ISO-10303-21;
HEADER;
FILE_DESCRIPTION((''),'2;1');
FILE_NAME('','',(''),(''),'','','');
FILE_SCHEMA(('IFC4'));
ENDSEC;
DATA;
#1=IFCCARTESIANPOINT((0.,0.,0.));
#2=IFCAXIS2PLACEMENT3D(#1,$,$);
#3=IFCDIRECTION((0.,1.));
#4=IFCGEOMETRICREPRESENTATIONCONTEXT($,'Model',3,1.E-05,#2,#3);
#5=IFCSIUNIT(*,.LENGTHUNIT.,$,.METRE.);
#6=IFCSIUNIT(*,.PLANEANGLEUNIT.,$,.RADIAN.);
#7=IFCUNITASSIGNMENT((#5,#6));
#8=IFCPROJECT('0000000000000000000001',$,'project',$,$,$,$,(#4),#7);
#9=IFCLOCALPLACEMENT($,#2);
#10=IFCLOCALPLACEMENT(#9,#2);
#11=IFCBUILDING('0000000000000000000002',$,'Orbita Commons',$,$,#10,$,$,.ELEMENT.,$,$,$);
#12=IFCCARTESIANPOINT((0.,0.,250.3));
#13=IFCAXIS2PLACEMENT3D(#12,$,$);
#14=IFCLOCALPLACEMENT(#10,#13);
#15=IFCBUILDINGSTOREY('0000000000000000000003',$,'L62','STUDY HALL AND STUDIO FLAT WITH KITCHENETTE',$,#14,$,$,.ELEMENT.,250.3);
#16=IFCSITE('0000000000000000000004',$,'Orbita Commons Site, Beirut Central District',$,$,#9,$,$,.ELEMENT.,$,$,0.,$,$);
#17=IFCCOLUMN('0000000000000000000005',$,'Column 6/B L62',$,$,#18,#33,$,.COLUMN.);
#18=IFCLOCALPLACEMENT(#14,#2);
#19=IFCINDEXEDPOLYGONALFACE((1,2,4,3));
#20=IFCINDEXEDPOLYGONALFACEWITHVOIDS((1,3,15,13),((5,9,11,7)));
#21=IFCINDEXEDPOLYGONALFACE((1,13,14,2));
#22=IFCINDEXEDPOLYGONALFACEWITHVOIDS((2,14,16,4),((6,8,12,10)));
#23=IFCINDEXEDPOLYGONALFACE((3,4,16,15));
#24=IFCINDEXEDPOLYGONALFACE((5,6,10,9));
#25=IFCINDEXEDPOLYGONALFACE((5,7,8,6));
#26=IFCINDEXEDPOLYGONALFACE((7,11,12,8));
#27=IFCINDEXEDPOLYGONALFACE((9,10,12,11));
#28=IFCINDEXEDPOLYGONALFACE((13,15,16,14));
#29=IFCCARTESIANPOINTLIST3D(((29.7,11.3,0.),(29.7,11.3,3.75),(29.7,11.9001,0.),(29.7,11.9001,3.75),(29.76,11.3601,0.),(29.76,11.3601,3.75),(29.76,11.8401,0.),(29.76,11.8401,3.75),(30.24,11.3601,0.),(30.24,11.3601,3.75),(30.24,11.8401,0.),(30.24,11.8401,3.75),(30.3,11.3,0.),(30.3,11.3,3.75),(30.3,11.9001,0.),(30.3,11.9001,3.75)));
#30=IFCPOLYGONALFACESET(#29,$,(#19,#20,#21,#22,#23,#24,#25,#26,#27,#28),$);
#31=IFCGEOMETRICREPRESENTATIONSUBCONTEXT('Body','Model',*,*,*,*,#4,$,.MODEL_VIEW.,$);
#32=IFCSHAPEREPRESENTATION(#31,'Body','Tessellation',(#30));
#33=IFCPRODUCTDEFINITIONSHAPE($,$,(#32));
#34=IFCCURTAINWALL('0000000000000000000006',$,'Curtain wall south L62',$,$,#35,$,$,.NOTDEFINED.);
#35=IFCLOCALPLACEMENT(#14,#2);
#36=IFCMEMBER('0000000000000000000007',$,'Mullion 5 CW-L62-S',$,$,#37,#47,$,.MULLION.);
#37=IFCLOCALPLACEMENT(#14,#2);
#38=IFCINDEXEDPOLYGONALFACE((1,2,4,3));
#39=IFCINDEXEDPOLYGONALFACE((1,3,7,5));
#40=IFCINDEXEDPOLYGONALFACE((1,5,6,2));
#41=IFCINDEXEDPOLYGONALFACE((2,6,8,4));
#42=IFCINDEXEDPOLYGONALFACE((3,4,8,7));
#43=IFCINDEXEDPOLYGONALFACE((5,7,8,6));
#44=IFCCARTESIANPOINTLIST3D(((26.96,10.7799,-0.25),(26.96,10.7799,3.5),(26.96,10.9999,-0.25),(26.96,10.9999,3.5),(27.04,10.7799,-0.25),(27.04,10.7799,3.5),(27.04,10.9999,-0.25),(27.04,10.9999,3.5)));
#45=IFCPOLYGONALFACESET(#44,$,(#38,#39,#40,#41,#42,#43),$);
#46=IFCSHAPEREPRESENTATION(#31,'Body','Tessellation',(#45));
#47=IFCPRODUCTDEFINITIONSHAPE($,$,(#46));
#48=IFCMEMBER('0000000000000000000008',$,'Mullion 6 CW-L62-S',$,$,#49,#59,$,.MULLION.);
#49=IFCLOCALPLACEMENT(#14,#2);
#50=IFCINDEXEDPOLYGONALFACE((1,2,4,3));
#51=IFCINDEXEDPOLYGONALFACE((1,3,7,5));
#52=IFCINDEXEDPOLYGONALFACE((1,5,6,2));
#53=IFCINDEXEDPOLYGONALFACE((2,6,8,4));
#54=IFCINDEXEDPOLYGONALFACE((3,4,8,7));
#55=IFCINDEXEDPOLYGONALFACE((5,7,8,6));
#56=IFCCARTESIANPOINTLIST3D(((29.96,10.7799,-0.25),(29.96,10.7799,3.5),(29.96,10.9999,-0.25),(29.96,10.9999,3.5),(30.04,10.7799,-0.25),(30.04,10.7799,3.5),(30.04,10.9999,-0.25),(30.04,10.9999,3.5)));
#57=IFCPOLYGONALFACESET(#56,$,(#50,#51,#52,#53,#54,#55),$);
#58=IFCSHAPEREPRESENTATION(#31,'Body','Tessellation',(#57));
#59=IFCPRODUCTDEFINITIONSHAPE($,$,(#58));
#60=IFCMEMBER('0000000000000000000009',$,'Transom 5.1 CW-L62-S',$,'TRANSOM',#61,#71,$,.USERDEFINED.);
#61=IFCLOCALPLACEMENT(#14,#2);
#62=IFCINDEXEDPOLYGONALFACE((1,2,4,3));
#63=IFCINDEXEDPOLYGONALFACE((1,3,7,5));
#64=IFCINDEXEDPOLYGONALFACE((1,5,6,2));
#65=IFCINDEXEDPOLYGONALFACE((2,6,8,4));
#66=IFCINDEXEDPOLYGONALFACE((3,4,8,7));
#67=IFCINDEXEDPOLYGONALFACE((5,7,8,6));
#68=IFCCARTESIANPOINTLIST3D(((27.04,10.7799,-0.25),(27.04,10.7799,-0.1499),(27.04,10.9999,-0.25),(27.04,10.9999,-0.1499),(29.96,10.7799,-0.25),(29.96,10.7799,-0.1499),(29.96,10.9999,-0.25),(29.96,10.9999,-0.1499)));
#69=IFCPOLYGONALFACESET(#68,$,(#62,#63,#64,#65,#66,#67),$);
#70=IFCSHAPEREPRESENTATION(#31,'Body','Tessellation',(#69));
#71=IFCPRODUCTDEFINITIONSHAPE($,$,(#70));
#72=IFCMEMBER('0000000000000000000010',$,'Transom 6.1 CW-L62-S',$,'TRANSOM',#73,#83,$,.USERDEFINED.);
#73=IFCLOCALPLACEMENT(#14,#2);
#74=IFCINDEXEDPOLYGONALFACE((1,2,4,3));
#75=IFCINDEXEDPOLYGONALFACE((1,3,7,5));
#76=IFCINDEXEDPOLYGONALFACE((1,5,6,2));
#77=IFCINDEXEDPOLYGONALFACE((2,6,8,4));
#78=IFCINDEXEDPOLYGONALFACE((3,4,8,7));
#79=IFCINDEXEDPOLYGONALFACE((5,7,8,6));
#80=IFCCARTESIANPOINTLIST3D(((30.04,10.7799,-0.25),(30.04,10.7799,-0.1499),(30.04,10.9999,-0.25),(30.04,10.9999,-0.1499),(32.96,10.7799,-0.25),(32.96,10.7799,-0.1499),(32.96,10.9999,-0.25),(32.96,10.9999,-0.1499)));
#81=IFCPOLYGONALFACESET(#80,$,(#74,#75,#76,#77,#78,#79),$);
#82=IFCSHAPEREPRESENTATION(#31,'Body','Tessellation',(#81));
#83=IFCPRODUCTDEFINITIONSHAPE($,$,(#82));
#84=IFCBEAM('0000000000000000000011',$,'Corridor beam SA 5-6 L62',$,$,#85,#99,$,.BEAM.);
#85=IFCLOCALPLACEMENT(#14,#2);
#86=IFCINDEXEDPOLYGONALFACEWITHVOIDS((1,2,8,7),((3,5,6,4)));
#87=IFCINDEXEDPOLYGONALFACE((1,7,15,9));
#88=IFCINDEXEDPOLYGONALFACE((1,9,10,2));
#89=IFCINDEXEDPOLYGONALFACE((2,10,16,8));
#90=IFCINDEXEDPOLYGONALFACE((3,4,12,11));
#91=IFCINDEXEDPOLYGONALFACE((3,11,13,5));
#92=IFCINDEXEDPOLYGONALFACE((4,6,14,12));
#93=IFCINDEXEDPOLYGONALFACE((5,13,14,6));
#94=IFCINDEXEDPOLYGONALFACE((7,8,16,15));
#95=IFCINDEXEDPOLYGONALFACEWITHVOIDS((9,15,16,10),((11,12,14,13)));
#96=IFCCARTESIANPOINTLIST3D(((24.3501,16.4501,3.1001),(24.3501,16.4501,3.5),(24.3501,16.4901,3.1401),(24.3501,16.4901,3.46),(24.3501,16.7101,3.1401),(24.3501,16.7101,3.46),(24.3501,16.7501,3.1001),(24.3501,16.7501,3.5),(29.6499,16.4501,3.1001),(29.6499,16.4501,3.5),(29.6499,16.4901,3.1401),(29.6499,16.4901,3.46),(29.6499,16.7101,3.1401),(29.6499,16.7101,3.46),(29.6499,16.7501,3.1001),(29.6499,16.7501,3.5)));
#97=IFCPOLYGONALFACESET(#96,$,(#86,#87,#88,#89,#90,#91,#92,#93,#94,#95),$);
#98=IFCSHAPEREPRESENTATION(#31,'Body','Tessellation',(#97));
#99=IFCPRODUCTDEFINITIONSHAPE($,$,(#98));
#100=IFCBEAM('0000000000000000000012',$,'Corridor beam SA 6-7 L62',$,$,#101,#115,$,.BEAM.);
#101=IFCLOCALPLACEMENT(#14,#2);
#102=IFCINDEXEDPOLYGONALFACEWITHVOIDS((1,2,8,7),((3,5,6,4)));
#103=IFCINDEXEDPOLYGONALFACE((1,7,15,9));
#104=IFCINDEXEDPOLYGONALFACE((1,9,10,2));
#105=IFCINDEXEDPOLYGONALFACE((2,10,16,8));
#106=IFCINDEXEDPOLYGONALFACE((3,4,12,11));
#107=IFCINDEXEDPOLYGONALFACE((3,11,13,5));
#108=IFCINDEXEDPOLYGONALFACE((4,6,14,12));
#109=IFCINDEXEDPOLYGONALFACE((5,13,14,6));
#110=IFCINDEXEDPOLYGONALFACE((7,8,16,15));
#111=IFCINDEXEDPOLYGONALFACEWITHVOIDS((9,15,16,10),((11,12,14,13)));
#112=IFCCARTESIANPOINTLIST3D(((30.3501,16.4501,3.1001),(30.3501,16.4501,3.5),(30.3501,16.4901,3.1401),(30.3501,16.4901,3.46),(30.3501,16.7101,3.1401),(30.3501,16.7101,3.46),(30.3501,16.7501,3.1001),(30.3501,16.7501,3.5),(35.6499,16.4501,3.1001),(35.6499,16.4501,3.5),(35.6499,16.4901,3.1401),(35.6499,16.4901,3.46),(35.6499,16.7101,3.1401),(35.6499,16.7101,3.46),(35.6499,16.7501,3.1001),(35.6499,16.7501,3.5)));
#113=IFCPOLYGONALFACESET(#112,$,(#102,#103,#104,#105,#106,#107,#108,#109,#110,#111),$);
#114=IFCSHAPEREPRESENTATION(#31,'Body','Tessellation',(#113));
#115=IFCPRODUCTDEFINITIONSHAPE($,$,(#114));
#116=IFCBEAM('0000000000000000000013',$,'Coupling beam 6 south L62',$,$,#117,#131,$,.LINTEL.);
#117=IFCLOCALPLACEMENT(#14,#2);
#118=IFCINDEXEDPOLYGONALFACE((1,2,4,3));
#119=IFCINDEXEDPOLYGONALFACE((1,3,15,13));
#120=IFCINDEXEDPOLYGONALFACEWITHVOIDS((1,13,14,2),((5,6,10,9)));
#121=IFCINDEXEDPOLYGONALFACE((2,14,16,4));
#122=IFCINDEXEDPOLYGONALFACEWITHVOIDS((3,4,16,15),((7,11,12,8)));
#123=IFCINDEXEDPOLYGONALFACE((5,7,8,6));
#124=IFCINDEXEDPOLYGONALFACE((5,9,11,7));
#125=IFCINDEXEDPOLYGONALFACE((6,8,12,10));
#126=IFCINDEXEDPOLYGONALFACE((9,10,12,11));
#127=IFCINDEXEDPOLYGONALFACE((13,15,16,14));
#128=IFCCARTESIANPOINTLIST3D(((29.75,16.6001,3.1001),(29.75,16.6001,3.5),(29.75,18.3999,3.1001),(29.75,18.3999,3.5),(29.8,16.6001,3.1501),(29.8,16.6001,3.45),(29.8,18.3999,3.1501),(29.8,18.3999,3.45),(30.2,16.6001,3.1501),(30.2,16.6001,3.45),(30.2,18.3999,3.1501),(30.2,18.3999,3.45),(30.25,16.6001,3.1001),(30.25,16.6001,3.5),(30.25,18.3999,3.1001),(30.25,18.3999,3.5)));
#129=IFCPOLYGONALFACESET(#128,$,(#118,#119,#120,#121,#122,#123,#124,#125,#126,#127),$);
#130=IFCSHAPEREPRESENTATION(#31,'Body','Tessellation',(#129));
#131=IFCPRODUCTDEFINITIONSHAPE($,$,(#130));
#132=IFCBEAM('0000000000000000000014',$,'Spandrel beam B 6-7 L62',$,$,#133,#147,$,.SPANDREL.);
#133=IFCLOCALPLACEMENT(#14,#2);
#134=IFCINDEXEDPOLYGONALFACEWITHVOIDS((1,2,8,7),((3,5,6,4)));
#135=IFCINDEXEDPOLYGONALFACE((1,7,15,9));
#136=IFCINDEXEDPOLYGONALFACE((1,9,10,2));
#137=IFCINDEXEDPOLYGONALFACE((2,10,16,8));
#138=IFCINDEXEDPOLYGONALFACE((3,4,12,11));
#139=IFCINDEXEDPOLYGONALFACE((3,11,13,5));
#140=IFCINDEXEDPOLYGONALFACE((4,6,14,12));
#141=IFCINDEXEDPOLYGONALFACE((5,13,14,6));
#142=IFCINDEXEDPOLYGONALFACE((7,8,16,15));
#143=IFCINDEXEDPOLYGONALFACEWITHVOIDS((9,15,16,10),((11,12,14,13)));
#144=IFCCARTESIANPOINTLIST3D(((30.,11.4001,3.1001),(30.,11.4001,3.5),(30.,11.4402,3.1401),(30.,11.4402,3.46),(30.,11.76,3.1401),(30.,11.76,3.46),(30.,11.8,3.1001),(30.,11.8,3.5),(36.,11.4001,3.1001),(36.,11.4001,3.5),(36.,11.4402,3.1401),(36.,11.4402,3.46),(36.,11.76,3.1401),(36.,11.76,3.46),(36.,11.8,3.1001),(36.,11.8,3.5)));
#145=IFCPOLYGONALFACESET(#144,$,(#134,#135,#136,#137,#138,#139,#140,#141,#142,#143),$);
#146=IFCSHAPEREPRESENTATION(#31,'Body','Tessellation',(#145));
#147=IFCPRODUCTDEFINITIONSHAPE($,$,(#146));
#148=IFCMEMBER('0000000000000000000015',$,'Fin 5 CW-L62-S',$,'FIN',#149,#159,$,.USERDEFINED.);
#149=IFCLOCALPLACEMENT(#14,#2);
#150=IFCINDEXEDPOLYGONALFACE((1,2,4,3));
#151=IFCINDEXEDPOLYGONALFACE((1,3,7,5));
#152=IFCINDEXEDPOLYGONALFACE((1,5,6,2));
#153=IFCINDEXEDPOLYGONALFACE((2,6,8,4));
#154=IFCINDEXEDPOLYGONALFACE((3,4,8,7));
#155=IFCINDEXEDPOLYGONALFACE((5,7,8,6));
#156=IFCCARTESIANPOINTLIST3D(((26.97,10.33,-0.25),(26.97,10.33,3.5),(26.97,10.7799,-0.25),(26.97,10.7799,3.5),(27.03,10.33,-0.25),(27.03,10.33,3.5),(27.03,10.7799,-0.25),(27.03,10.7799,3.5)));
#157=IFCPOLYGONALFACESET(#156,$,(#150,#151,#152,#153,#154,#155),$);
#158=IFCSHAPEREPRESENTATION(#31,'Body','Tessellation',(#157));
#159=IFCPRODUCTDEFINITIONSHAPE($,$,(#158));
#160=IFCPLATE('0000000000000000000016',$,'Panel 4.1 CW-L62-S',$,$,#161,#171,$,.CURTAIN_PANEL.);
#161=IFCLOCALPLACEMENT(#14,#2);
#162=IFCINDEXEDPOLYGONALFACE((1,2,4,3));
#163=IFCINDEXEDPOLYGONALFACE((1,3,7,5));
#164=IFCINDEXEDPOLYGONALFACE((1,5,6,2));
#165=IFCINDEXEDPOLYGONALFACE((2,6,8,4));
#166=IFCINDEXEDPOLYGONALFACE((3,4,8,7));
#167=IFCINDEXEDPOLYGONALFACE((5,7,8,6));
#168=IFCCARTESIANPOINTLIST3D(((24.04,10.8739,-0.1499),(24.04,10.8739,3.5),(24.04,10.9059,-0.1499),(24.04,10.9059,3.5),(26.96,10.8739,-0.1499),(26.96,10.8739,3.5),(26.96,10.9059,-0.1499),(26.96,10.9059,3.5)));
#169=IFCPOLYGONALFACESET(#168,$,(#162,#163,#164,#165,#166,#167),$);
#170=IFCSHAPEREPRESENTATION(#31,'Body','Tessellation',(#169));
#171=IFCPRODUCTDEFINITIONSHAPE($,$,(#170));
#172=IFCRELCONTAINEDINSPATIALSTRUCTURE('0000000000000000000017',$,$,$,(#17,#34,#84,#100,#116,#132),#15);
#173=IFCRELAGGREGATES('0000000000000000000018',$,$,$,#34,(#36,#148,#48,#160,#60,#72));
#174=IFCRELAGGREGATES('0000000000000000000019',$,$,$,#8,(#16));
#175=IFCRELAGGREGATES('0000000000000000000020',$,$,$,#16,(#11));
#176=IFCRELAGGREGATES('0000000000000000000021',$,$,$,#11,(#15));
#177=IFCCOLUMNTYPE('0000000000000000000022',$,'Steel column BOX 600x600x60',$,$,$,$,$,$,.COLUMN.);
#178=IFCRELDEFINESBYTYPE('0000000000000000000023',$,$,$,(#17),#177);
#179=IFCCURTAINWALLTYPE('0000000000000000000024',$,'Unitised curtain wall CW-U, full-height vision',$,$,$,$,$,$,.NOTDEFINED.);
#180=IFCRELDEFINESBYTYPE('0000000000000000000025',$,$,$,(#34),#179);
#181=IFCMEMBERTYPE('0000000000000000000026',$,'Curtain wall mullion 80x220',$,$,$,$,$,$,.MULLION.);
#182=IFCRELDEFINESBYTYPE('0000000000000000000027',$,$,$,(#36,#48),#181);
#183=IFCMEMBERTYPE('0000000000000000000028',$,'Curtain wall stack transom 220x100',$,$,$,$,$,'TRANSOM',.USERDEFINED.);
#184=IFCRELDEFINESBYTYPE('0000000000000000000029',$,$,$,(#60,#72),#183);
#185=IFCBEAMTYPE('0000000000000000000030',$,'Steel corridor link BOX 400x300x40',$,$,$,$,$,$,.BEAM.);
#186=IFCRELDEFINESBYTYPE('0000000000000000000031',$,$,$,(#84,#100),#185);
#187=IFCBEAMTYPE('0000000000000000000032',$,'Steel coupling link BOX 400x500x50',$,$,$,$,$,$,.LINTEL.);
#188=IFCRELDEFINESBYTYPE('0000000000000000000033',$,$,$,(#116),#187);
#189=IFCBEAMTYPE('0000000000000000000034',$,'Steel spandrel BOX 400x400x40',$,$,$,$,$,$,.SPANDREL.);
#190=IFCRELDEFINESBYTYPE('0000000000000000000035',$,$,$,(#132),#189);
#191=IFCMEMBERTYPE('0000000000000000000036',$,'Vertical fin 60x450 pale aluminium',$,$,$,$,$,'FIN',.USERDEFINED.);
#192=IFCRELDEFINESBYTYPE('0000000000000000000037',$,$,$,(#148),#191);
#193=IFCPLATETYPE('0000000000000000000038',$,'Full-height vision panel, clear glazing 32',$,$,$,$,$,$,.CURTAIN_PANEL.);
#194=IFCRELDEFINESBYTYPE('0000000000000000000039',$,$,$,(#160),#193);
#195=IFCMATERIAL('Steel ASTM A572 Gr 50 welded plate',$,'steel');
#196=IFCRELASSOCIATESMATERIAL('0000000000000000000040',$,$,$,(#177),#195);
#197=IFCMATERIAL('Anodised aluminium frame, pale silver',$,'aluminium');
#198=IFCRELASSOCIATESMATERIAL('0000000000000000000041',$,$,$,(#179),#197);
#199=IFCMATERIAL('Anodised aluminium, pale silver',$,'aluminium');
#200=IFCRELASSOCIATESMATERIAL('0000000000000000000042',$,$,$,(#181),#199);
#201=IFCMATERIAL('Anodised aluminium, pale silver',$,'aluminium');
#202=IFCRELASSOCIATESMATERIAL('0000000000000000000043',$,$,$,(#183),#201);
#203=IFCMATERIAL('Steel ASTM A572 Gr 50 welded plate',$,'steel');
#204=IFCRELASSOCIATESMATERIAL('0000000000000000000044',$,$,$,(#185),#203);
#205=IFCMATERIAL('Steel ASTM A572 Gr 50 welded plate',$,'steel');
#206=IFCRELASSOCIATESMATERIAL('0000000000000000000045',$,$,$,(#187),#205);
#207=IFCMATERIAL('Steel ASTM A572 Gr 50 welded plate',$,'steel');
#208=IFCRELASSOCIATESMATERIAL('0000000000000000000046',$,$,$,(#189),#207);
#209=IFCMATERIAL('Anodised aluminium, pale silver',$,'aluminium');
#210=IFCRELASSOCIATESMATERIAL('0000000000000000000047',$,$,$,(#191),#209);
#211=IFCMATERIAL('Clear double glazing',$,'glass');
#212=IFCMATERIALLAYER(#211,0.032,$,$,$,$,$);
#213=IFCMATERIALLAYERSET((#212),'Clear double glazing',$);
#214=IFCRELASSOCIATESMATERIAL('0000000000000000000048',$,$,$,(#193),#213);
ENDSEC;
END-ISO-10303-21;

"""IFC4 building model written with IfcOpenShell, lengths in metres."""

from ifc_helpers import new_model, si_unit, direction, frame, origin, origin_2d, place, context, subcontext, project, spatial, rectangle, hollow_rectangle, extrude, material, layer, layer_set, material_profile, profile_set, type_object, element, aggregate, save


model = new_model("IFC4")

# Units and contexts
model_context = context("Model", 3, precision=1e-05, world=origin(), true_north=direction((0.0, 1.0)))
body_context = subcontext(model_context, "Body", "Model", "MODEL_VIEW")
ifc_project = project(units=[si_unit("LENGTHUNIT", "METRE"), si_unit("PLANEANGLEUNIT", "RADIAN")], contexts=[model_context])

# Site, building, storey
site_placement = place(None, origin())
site = spatial("IfcSite", under=ifc_project, at=site_placement, Name="Orbita Commons Site, Beirut Central District", CompositionType="ELEMENT", RefElevation=0.0)
building_placement = place(site_placement, origin())
building = spatial("IfcBuilding", under=site, at=building_placement, Name="Orbita Commons", CompositionType="ELEMENT")
storey_placement = place(building_placement, frame((0.0, 0.0, 250.3)))
storey = spatial("IfcBuildingStorey", under=building, at=storey_placement, Name="L62", Description="STUDY HALL AND STUDIO FLAT WITH KITCHENETTE", CompositionType="ELEMENT", Elevation=250.3)

# Column
ifc_material_1 = material(Name="Steel ASTM A572 Gr 50 welded plate", Category="steel")
ifc_material_profile_1 = material_profile(ifc_material_1, hollow_rectangle(XDim=0.6001, YDim=0.6001, WallThickness=0.0601, at=origin_2d()), Name="BOX 600x600x60")
ifc_profile_set_1 = profile_set([ifc_material_profile_1], Name="Steel ASTM A572 Gr 50 welded plate")
column_type = type_object("IfcColumnType", Name="Steel column BOX 600x600x60", PredefinedType="COLUMN", material=ifc_profile_set_1)
column_placement = place(storey_placement, frame((30.0, 11.6001, 0.0), z_axis=(0.0, 0.0, 1.0), x_axis=(1.0, 0.0, 0.0)))
element("IfcColumn", 1, at=column_placement, inside=storey, type_object=column_type, Name="Column 6/B L62", PredefinedType="COLUMN", context=body_context, shape_type="SweptSolid", body=[
    extrude(hollow_rectangle(XDim=0.6001, YDim=0.6001, WallThickness=0.0601, at=origin_2d()), origin(), (0.0, 0.0, 1.0), 3.75),
])

# Curtain wall, members
ifc_material_2 = material(Name="Anodised aluminium frame, pale silver", Category="aluminium")
curtain_wall_type = type_object("IfcCurtainWallType", Name="Unitised curtain wall CW-U, full-height vision", PredefinedType="NOTDEFINED", material=ifc_material_2)
curtain_wall_placement = place(storey_placement, origin())
curtain_wall = element("IfcCurtainWall", 2, at=curtain_wall_placement, inside=storey, type_object=curtain_wall_type, Name="Curtain wall south L62", PredefinedType="NOTDEFINED")
ifc_material_3 = material(Name="Anodised aluminium, pale silver", Category="aluminium")
ifc_material_profile_2 = material_profile(ifc_material_3, rectangle(XDim=0.0801, YDim=0.22, at=origin_2d()), Name="AL 80x220")
ifc_profile_set_2 = profile_set([ifc_material_profile_2], Name="Anodised aluminium, pale silver")
member_type_1 = type_object("IfcMemberType", Name="Curtain wall mullion 80x220", PredefinedType="MULLION", material=ifc_profile_set_2)
member_1_placement = place(storey_placement, frame((27.0, 10.8899, -0.25), z_axis=(0.0, 0.0, 1.0), x_axis=(1.0, 0.0, 0.0)))
member_1 = element("IfcMember", 3, at=member_1_placement, type_object=member_type_1, Name="Mullion 5 CW-L62-S", PredefinedType="MULLION", context=body_context, shape_type="SweptSolid", body=[
    extrude(rectangle(XDim=0.0801, YDim=0.22, at=origin_2d()), origin(), (0.0, 0.0, 1.0), 3.75),
])
member_2_placement = place(storey_placement, frame((30.0, 10.8899, -0.25), z_axis=(0.0, 0.0, 1.0), x_axis=(1.0, 0.0, 0.0)))
member_2 = element("IfcMember", 4, at=member_2_placement, type_object=member_type_1, Name="Mullion 6 CW-L62-S", PredefinedType="MULLION", context=body_context, shape_type="SweptSolid", body=[
    extrude(rectangle(XDim=0.0801, YDim=0.22, at=origin_2d()), origin(), (0.0, 0.0, 1.0), 3.75),
])
ifc_material_4 = material(Name="Anodised aluminium, pale silver", Category="aluminium")
ifc_material_profile_3 = material_profile(ifc_material_4, rectangle(XDim=0.22, YDim=0.1001, at=origin_2d()), Name="AL 220x100")
ifc_profile_set_3 = profile_set([ifc_material_profile_3], Name="Anodised aluminium, pale silver")
member_type_2 = type_object("IfcMemberType", Name="Curtain wall stack transom 220x100", ElementType="TRANSOM", PredefinedType="USERDEFINED", material=ifc_profile_set_3)
member_3_placement = place(storey_placement, frame((27.04, 10.8899, -0.2), z_axis=(1.0, 0.0, 0.0), x_axis=(0.0, 1.0, 0.0)))
member_3 = element("IfcMember", 5, at=member_3_placement, type_object=member_type_2, Name="Transom 5.1 CW-L62-S", ObjectType="TRANSOM", PredefinedType="USERDEFINED", context=body_context, shape_type="SweptSolid", body=[
    extrude(rectangle(XDim=0.22, YDim=0.1001, at=origin_2d()), origin(), (0.0, 0.0, 1.0), 2.9199),
])
member_4_placement = place(storey_placement, frame((30.04, 10.8899, -0.2), z_axis=(1.0, 0.0, 0.0), x_axis=(0.0, 1.0, 0.0)))
member_4 = element("IfcMember", 6, at=member_4_placement, type_object=member_type_2, Name="Transom 6.1 CW-L62-S", ObjectType="TRANSOM", PredefinedType="USERDEFINED", context=body_context, shape_type="SweptSolid", body=[
    extrude(rectangle(XDim=0.22, YDim=0.1001, at=origin_2d()), origin(), (0.0, 0.0, 1.0), 2.9199),
])

# Beams
ifc_material_5 = material(Name="Steel ASTM A572 Gr 50 welded plate", Category="steel")
ifc_material_profile_4 = material_profile(ifc_material_5, hollow_rectangle(XDim=0.3, YDim=0.3999, WallThickness=0.04, at=origin_2d()), Name="BOX 400x300x40")
ifc_profile_set_4 = profile_set([ifc_material_profile_4], Name="Steel ASTM A572 Gr 50 welded plate")
beam_type_1 = type_object("IfcBeamType", Name="Steel corridor link BOX 400x300x40", PredefinedType="BEAM", material=ifc_profile_set_4)
for number, where, z_axis, x_axis, name in (
    (7, (24.3501, 16.6001, 3.3), (1.0, 0.0, 0.0), (0.0, 1.0, 0.0), "Corridor beam SA 5-6 L62"),
    (8, (30.3501, 16.6001, 3.3), (1.0, 0.0, 0.0), (0.0, 1.0, 0.0), "Corridor beam SA 6-7 L62"),
):
    element("IfcBeam", number, at=place(storey_placement, frame(where, z_axis=z_axis, x_axis=x_axis)), inside=storey, type_object=beam_type_1, Name=name, PredefinedType="BEAM", context=body_context, shape_type="SweptSolid", body=[
        extrude(hollow_rectangle(XDim=0.3, YDim=0.3999, WallThickness=0.04, at=origin_2d()), origin(), (0.0, 0.0, 1.0), 5.2998),
    ])
ifc_material_6 = material(Name="Steel ASTM A572 Gr 50 welded plate", Category="steel")
ifc_material_profile_5 = material_profile(ifc_material_6, hollow_rectangle(XDim=0.5, YDim=0.3999, WallThickness=0.05, at=origin_2d()), Name="BOX 400x500x50")
ifc_profile_set_5 = profile_set([ifc_material_profile_5], Name="Steel ASTM A572 Gr 50 welded plate")
beam_type_2 = type_object("IfcBeamType", Name="Steel coupling link BOX 400x500x50", PredefinedType="LINTEL", material=ifc_profile_set_5)
beam_1_placement = place(storey_placement, frame((30.0, 16.6001, 3.3), z_axis=(0.0, 1.0, 0.0), x_axis=(-1.0, 0.0, 0.0)))
element("IfcBeam", 9, at=beam_1_placement, inside=storey, type_object=beam_type_2, Name="Coupling beam 6 south L62", PredefinedType="LINTEL", context=body_context, shape_type="SweptSolid", body=[
    extrude(hollow_rectangle(XDim=0.5, YDim=0.3999, WallThickness=0.05, at=origin_2d()), origin(), (0.0, 0.0, 1.0), 1.7998),
])
ifc_material_7 = material(Name="Steel ASTM A572 Gr 50 welded plate", Category="steel")
ifc_material_profile_6 = material_profile(ifc_material_7, hollow_rectangle(XDim=0.3999, YDim=0.3999, WallThickness=0.04, at=origin_2d()), Name="BOX 400x400x40")
ifc_profile_set_6 = profile_set([ifc_material_profile_6], Name="Steel ASTM A572 Gr 50 welded plate")
beam_type_3 = type_object("IfcBeamType", Name="Steel spandrel BOX 400x400x40", PredefinedType="SPANDREL", material=ifc_profile_set_6)
beam_2_placement = place(storey_placement, frame((30.0, 11.6001, 3.3), z_axis=(1.0, 0.0, 0.0), x_axis=(0.0, 1.0, 0.0)))
element("IfcBeam", 10, at=beam_2_placement, inside=storey, type_object=beam_type_3, Name="Spandrel beam B 6-7 L62", PredefinedType="SPANDREL", context=body_context, shape_type="SweptSolid", body=[
    extrude(hollow_rectangle(XDim=0.3999, YDim=0.3999, WallThickness=0.04, at=origin_2d()), origin(), (0.0, 0.0, 1.0), 6.0),
])

# Member
ifc_material_8 = material(Name="Anodised aluminium, pale silver", Category="aluminium")
ifc_material_profile_7 = material_profile(ifc_material_8, rectangle(XDim=0.0601, YDim=0.45, at=origin_2d()), Name="FIN 60x450")
ifc_profile_set_7 = profile_set([ifc_material_profile_7], Name="Anodised aluminium, pale silver")
member_type_3 = type_object("IfcMemberType", Name="Vertical fin 60x450 pale aluminium", ElementType="FIN", PredefinedType="USERDEFINED", material=ifc_profile_set_7)
member_5_placement = place(storey_placement, frame((27.0, 10.5549, -0.25), z_axis=(0.0, 0.0, 1.0), x_axis=(1.0, 0.0, 0.0)))
member_5 = element("IfcMember", 11, at=member_5_placement, type_object=member_type_3, Name="Fin 5 CW-L62-S", ObjectType="FIN", PredefinedType="USERDEFINED", context=body_context, shape_type="SweptSolid", body=[
    extrude(rectangle(XDim=0.0601, YDim=0.45, at=origin_2d()), origin(), (0.0, 0.0, 1.0), 3.75),
])

# Plate
ifc_material_9 = material(Name="Clear double glazing", Category="glass")
ifc_layer_1 = layer(ifc_material_9, 0.032)
ifc_layer_set_1 = layer_set([ifc_layer_1], Name="Clear double glazing")
plate_type = type_object("IfcPlateType", Name="Full-height vision panel, clear glazing 32", PredefinedType="CURTAIN_PANEL", material=ifc_layer_set_1)
plate_1_placement = place(storey_placement, frame((25.5, 10.8899, -0.1499), z_axis=(0.0, 0.0, 1.0), x_axis=(1.0, 0.0, 0.0)))
plate_1 = element("IfcPlate", 12, at=plate_1_placement, type_object=plate_type, Name="Panel 4.1 CW-L62-S", PredefinedType="CURTAIN_PANEL", context=body_context, shape_type="SweptSolid", body=[
    extrude(rectangle(XDim=2.9199, YDim=0.032, at=origin_2d()), origin(), (0.0, 0.0, 1.0), 3.6499),
])
aggregate(curtain_wall, [member_1, member_5, member_2, plate_1, member_3, member_4])

save(model, "model.ifc")
